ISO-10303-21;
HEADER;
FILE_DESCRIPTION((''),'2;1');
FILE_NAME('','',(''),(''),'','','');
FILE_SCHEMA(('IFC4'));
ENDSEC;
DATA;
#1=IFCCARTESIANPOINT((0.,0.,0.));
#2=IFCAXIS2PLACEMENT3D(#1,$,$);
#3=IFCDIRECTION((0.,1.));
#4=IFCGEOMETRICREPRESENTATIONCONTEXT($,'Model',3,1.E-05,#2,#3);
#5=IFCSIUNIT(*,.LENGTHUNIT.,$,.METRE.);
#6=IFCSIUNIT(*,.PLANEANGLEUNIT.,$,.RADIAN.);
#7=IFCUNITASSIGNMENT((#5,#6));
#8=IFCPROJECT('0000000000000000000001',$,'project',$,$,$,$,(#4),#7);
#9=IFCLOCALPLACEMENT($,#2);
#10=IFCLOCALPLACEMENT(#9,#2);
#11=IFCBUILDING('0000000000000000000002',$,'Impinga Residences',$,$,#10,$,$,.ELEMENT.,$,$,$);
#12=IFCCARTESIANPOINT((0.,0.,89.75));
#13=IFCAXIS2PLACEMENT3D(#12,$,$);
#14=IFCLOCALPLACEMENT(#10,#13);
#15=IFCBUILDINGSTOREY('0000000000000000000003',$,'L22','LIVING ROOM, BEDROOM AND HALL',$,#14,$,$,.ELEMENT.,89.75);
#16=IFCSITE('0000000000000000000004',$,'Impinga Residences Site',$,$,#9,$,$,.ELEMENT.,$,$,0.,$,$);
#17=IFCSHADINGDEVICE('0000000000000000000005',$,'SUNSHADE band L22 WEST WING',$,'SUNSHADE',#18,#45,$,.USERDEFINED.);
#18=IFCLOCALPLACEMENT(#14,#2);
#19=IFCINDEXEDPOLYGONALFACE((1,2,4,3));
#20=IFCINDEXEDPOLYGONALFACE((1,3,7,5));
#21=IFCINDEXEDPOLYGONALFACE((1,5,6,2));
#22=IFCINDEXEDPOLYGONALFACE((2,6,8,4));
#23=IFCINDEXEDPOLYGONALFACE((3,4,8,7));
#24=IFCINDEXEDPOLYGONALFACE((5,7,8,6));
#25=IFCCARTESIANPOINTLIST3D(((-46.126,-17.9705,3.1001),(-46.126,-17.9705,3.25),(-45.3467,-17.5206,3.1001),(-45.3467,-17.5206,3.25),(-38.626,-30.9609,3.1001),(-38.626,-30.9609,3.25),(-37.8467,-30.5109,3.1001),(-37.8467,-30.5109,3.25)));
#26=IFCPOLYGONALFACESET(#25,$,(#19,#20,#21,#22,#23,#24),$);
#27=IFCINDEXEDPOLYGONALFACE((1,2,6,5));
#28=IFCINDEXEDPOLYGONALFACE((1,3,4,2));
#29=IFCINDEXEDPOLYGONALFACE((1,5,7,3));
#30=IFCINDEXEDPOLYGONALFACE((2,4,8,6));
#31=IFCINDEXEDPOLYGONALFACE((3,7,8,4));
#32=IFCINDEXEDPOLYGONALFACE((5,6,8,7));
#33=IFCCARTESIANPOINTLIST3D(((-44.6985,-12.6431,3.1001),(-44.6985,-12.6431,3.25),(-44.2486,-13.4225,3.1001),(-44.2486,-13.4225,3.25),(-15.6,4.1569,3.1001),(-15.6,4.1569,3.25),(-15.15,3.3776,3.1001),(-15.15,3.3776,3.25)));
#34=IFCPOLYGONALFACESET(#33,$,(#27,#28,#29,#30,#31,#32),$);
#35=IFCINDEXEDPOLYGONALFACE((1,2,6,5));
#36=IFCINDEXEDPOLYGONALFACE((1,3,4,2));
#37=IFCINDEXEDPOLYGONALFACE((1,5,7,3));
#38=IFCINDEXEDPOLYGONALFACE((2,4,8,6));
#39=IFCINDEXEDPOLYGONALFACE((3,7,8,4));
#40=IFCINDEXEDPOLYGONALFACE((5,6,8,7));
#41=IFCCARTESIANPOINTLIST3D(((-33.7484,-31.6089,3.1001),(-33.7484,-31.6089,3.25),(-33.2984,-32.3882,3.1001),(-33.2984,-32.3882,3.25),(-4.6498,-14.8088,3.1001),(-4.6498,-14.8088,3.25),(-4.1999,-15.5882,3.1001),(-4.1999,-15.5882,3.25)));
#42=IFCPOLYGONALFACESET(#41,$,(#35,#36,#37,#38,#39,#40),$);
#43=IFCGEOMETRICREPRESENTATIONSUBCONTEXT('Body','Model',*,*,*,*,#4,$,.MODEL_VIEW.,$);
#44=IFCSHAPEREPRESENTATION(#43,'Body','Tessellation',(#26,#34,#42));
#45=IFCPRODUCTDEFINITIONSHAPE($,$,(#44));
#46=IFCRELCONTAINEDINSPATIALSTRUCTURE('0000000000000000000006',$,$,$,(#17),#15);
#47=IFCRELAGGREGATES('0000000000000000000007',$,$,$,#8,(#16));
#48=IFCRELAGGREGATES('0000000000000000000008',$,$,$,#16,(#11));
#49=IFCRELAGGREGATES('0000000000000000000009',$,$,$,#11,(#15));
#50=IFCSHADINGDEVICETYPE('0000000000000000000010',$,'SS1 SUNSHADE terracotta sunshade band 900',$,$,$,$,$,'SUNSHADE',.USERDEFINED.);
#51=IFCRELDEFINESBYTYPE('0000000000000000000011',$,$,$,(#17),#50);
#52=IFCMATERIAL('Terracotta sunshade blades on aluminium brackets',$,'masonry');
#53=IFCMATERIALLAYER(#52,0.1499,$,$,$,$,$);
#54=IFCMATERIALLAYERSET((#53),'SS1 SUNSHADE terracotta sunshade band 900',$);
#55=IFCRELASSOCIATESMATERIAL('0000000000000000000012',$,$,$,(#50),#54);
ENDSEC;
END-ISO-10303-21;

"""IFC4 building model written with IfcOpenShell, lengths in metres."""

from ifc_helpers import new_model, si_unit, direction, frame, origin, origin_2d, place, context, subcontext, project, spatial, rectangle, extrude, material, layer, layer_set, type_object, element, save


model = new_model("IFC4")

# Units and contexts
model_context = context("Model", 3, precision=1e-05, world=origin(), true_north=direction((0.0, 1.0)))
body_context = subcontext(model_context, "Body", "Model", "MODEL_VIEW")
ifc_project = project(units=[si_unit("LENGTHUNIT", "METRE"), si_unit("PLANEANGLEUNIT", "RADIAN")], contexts=[model_context])

# Site, building, storey
site_placement = place(None, origin())
site = spatial("IfcSite", under=ifc_project, at=site_placement, Name="Impinga Residences Site", CompositionType="ELEMENT", RefElevation=0.0)
building_placement = place(site_placement, origin())
building = spatial("IfcBuilding", under=site, at=building_placement, Name="Impinga Residences", CompositionType="ELEMENT")
storey_placement = place(building_placement, frame((0.0, 0.0, 89.75)))
storey = spatial("IfcBuildingStorey", under=building, at=storey_placement, Name="L22", Description="LIVING ROOM, BEDROOM AND HALL", CompositionType="ELEMENT", Elevation=89.75)

# Shading device
ifc_material_1 = material(Name="Terracotta sunshade blades on aluminium brackets", Category="masonry")
ifc_layer_1 = layer(ifc_material_1, 0.1499)
ifc_layer_set_1 = layer_set([ifc_layer_1], Name="SS1 SUNSHADE terracotta sunshade band 900")
shading_device_type = type_object("IfcShadingDeviceType", Name="SS1 SUNSHADE terracotta sunshade band 900", ElementType="SUNSHADE", PredefinedType="USERDEFINED", material=ifc_layer_set_1)
shading_device_placement = place(storey_placement, frame((-41.9863, -24.2407, 3.1001), z_axis=(0.0, 0.0, 1.0), x_axis=(-0.5, 0.866025, 0.0)))
element("IfcShadingDevice", 1, at=shading_device_placement, inside=storey, type_object=shading_device_type, Name="SUNSHADE band L22 WEST WING", ObjectType="SUNSHADE", PredefinedType="USERDEFINED", context=body_context, shape_type="SweptSolid", body=[
    extrude(rectangle(XDim=15.0, YDim=0.8999, at=origin_2d()), origin(), (0.0, 0.0, 1.0), 0.1499),
    extrude(rectangle(XDim=33.6001, YDim=0.8999, at=origin_2d()), frame((10.95, -20.25, 0.0), z_axis=(0.0, 0.0, 1.0), x_axis=(0.0, -1.0, 0.0)), (0.0, 0.0, 1.0), 0.1499),
    extrude(rectangle(XDim=33.6001, YDim=0.8999, at=origin_2d()), frame((-10.95, -20.2502, 0.0), z_axis=(0.0, 0.0, 1.0), x_axis=(0.0, 1.0, 0.0)), (0.0, 0.0, 1.0), 0.1499),
])

save(model, "model.ifc")
